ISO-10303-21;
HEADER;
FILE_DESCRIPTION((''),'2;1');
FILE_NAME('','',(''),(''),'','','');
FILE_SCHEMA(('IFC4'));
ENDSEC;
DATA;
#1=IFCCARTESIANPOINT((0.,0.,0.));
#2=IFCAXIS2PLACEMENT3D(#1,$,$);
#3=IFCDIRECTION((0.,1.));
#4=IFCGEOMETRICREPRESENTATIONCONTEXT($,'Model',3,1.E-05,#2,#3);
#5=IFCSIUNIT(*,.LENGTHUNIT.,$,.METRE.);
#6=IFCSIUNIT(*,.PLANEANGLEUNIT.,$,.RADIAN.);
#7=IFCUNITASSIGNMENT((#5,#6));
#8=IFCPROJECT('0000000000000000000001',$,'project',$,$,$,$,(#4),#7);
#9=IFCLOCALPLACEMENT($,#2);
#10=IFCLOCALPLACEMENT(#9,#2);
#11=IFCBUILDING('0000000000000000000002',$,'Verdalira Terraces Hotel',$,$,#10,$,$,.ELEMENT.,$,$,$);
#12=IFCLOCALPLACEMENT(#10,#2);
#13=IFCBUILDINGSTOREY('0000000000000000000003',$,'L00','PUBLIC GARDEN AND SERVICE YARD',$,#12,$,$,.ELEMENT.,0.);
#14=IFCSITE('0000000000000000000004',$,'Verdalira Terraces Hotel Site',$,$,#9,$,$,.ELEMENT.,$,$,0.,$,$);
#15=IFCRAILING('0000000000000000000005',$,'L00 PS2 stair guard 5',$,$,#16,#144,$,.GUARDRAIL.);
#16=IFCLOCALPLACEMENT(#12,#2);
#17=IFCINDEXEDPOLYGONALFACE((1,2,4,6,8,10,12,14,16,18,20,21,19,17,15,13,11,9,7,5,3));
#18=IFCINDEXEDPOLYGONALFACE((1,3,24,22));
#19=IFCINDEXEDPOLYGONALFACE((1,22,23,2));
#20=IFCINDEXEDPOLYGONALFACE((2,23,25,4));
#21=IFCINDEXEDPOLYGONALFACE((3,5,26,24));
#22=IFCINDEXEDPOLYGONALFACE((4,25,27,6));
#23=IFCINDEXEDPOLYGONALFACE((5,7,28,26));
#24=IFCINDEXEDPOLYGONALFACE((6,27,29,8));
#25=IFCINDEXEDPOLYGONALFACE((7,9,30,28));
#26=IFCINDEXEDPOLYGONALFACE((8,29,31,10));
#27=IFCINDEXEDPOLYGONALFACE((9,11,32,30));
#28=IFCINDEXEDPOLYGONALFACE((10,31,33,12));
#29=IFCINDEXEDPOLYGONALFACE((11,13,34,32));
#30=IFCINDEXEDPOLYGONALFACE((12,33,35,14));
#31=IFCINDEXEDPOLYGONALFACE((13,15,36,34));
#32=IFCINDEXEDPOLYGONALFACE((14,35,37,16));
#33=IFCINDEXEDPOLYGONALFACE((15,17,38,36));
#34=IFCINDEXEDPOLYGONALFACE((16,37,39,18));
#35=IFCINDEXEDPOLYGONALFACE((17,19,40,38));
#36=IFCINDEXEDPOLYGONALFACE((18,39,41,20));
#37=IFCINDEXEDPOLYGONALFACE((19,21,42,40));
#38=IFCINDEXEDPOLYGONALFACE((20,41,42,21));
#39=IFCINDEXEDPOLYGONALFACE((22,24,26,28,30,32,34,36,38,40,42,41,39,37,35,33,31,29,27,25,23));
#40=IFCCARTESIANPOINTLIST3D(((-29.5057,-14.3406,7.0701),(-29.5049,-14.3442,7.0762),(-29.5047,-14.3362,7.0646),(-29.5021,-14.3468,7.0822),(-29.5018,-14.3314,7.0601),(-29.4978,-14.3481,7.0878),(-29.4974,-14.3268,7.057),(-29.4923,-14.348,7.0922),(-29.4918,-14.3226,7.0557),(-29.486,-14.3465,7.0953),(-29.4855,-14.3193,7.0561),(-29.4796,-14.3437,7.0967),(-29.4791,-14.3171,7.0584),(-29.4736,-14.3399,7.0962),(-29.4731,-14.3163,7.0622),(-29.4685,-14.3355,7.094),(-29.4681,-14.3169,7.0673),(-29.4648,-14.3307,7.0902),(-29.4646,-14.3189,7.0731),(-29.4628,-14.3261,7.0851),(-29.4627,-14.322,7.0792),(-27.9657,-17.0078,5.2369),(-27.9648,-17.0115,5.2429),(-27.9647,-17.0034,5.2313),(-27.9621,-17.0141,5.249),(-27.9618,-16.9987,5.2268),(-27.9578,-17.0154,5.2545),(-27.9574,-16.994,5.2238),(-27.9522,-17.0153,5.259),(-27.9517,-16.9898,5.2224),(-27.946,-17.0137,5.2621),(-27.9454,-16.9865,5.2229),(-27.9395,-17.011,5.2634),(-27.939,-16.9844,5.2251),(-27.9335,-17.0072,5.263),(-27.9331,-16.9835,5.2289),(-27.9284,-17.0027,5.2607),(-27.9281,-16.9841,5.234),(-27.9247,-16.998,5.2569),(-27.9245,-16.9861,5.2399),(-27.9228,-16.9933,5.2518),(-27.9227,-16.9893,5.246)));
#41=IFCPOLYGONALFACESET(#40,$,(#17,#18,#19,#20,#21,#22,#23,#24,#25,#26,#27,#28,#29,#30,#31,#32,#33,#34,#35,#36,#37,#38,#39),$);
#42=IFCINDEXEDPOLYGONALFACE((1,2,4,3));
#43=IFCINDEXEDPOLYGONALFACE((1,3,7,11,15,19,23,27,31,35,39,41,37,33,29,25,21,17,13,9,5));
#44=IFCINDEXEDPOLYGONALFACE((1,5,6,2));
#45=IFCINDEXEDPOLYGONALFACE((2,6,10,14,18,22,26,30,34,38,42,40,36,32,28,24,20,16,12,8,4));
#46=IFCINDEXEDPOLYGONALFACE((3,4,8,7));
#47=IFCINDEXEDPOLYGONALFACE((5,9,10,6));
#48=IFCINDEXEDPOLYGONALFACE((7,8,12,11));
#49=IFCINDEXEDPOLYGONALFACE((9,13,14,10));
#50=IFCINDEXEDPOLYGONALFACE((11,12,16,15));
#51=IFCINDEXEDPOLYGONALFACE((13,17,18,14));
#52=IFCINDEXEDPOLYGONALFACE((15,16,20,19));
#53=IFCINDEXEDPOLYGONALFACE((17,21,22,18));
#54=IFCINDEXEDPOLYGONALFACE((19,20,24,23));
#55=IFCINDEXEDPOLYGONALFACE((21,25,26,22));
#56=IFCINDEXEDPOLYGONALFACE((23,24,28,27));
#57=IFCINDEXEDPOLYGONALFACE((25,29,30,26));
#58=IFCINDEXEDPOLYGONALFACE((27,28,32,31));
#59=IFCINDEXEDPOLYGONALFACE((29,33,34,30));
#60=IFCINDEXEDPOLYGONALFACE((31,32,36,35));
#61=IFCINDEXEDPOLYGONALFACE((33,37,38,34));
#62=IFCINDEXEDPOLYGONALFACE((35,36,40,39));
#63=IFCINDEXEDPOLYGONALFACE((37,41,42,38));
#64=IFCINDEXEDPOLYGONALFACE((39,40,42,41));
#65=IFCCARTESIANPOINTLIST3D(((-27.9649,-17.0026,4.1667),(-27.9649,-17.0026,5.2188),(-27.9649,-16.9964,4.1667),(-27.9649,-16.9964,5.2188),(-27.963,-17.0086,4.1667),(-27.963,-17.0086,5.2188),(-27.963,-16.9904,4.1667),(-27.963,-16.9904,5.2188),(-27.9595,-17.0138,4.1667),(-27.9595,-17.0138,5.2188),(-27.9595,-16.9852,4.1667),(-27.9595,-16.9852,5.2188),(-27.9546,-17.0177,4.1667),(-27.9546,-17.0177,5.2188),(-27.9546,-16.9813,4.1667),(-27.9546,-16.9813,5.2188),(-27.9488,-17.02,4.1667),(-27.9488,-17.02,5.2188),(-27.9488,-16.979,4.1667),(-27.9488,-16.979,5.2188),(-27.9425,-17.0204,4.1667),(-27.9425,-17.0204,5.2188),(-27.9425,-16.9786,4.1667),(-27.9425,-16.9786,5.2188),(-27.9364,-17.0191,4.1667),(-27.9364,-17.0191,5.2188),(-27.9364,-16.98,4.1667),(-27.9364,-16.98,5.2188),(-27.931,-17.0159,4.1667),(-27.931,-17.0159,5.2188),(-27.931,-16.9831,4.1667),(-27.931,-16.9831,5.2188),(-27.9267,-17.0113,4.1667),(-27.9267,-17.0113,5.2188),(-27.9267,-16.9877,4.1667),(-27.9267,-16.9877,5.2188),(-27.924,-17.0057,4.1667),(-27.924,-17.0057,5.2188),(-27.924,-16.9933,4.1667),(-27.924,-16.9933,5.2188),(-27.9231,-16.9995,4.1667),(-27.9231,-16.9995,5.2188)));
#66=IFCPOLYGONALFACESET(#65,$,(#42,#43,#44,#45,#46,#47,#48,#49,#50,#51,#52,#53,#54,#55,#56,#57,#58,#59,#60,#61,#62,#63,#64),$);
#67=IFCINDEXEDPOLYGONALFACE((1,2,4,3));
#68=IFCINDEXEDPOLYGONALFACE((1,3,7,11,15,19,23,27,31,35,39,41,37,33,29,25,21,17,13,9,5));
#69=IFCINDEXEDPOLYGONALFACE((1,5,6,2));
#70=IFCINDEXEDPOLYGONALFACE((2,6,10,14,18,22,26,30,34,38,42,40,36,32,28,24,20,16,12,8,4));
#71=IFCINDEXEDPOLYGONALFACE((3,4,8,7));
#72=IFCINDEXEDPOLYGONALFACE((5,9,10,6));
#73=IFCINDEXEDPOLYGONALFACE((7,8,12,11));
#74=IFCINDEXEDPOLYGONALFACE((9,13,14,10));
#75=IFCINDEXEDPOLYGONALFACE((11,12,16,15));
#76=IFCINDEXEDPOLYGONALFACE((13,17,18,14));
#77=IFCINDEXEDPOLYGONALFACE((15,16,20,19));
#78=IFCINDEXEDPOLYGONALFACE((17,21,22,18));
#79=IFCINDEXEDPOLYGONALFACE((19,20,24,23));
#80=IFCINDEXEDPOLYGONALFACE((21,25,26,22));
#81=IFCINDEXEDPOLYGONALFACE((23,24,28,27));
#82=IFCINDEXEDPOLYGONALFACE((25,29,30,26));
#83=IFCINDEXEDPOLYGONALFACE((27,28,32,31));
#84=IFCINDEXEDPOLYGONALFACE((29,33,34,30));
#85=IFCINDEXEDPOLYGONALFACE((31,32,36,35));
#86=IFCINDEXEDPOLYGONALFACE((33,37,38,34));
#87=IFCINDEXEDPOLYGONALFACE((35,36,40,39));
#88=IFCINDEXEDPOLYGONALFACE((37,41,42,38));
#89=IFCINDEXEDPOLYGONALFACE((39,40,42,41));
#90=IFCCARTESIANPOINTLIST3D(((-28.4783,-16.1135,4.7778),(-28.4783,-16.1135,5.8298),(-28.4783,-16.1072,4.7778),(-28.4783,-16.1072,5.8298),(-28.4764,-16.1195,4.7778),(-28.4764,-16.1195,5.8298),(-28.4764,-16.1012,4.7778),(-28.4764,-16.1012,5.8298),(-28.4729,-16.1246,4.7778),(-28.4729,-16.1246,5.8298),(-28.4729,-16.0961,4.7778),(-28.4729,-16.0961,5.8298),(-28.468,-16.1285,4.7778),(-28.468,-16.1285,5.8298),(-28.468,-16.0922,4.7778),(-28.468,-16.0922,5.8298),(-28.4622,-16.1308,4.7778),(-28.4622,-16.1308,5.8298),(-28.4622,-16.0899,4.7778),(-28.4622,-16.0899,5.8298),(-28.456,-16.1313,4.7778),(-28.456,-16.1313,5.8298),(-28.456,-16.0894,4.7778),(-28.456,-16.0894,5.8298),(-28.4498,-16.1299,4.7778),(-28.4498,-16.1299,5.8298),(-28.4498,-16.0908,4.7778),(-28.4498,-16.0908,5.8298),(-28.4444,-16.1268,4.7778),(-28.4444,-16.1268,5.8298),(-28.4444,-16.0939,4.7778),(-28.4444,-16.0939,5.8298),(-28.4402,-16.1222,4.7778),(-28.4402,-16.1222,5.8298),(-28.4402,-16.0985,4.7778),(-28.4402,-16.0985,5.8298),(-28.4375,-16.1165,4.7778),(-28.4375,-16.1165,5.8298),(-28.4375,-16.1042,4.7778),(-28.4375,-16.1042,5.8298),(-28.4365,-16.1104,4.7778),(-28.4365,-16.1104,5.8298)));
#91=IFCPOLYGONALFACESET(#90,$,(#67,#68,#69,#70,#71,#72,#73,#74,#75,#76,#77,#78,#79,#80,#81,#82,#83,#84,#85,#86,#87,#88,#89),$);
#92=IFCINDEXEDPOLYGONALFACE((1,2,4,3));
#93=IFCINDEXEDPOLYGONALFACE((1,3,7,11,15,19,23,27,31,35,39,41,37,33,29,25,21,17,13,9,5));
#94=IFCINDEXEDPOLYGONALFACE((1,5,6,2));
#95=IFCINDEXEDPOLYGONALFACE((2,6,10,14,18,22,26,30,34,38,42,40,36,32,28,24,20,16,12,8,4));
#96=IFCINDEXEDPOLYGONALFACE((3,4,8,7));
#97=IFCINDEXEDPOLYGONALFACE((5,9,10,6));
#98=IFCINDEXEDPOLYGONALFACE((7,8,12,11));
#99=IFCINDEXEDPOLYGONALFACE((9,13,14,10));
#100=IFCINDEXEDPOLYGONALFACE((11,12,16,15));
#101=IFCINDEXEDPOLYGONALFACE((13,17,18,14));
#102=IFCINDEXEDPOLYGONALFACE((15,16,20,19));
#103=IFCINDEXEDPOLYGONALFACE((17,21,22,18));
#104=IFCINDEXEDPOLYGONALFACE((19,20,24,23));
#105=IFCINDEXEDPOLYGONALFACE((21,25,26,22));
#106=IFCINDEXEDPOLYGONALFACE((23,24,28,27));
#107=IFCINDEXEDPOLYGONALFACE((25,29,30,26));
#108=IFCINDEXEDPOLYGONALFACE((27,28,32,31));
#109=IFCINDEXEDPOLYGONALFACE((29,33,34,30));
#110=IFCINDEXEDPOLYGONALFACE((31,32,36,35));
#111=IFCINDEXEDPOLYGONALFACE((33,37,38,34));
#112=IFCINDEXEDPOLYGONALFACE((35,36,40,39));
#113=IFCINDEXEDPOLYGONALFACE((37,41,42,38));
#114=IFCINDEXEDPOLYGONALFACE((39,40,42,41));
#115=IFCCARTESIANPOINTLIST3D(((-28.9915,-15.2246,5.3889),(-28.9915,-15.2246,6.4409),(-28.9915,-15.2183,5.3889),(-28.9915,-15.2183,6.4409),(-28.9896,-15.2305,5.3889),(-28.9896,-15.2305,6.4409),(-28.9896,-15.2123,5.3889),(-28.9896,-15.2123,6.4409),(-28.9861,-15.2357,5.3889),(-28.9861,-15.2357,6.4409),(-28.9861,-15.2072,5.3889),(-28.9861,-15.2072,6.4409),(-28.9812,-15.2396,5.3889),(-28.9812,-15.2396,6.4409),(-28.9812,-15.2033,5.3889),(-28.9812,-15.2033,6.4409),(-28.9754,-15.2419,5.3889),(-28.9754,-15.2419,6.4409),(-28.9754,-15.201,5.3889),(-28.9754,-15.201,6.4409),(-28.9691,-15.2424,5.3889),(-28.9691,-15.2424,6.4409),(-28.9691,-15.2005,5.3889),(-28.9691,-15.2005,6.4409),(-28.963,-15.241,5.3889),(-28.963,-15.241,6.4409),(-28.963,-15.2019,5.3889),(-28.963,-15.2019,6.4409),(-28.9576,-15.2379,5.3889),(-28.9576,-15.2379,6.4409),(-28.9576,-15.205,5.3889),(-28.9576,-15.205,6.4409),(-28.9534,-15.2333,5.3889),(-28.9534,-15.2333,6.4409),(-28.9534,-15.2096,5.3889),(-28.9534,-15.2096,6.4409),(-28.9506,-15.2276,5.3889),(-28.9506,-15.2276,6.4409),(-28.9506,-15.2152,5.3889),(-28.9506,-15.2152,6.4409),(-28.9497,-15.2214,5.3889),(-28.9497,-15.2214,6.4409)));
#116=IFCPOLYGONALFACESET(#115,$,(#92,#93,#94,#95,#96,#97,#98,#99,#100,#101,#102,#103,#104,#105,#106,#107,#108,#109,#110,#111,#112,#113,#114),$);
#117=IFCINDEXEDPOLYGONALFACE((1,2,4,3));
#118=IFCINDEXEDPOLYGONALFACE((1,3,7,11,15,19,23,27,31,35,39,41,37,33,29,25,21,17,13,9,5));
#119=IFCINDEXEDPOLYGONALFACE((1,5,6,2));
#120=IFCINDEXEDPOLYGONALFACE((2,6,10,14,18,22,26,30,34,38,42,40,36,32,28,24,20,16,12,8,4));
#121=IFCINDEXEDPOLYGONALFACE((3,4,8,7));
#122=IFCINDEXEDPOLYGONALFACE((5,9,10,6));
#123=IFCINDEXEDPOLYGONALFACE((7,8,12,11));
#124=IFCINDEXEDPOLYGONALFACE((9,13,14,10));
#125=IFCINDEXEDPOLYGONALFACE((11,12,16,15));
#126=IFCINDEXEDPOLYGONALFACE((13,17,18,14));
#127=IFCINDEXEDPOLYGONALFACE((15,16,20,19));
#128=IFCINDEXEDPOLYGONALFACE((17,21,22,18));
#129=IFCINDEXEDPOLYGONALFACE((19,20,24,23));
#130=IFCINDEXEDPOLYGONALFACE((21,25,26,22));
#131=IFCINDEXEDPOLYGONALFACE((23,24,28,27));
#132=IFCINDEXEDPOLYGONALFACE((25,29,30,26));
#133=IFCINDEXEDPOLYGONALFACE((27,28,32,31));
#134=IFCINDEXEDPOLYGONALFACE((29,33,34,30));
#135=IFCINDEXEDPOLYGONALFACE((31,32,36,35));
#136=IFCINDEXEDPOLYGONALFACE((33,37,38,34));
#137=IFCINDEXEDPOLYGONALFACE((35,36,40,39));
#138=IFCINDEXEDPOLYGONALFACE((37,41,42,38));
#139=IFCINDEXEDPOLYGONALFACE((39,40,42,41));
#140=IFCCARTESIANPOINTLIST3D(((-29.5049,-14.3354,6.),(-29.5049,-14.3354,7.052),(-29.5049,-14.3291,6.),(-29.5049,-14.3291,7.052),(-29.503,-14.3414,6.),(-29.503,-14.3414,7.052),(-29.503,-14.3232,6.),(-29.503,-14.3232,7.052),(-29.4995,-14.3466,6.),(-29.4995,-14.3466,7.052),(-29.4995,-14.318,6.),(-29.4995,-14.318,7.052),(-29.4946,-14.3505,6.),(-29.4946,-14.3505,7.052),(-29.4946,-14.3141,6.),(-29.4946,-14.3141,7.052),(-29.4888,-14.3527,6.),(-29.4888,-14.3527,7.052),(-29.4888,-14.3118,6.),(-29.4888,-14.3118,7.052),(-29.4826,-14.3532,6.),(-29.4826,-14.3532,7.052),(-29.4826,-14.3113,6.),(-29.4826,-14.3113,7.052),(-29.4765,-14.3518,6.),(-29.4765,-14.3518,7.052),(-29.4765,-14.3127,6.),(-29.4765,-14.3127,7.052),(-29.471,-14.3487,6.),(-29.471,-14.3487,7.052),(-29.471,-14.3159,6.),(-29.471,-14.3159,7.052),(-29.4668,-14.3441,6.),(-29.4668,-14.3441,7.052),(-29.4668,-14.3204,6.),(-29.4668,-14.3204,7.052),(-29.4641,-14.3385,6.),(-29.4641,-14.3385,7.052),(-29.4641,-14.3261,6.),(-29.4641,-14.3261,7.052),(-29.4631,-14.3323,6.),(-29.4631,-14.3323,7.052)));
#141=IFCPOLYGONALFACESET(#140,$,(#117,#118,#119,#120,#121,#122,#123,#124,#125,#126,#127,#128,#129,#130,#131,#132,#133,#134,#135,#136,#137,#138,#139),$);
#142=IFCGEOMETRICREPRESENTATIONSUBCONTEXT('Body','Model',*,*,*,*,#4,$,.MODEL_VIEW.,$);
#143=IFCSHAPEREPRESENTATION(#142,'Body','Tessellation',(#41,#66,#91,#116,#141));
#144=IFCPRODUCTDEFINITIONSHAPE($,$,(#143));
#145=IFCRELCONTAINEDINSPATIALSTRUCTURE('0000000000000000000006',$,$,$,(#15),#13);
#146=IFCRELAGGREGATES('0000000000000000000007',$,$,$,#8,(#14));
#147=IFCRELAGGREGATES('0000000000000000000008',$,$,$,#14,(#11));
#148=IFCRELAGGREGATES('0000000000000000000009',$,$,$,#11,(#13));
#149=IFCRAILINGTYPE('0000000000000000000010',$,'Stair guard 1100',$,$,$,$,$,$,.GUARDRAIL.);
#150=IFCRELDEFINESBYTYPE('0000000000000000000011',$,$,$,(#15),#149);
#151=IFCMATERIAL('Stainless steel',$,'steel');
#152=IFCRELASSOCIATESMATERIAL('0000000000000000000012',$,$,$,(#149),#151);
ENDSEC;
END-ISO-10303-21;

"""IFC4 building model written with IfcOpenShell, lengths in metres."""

from ifc_helpers import new_model, si_unit, direction, frame, origin, origin_2d, place, context, subcontext, project, spatial, circle, extrude, material, type_object, element, save


model = new_model("IFC4")

# Units and contexts
model_context = context("Model", 3, precision=1e-05, world=origin(), true_north=direction((0.0, 1.0)))
body_context = subcontext(model_context, "Body", "Model", "MODEL_VIEW")
ifc_project = project(units=[si_unit("LENGTHUNIT", "METRE"), si_unit("PLANEANGLEUNIT", "RADIAN")], contexts=[model_context])

# Site, building, storey
site_placement = place(None, origin())
site = spatial("IfcSite", under=ifc_project, at=site_placement, Name="Verdalira Terraces Hotel Site", CompositionType="ELEMENT", RefElevation=0.0)
building_placement = place(site_placement, origin())
building = spatial("IfcBuilding", under=site, at=building_placement, Name="Verdalira Terraces Hotel", CompositionType="ELEMENT")
storey_placement = place(building_placement, origin())
storey = spatial("IfcBuildingStorey", under=building, at=storey_placement, Name="L00", Description="PUBLIC GARDEN AND SERVICE YARD", CompositionType="ELEMENT", Elevation=0.0)

# Railing
ifc_material_1 = material(Name="Stainless steel", Category="steel")
railing_type = type_object("IfcRailingType", Name="Stair guard 1100", PredefinedType="GUARDRAIL", material=ifc_material_1)
railing_1_placement = place(storey_placement, frame((-27.9441, -16.9995, 4.1667)))
element("IfcRailing", 1, at=railing_1_placement, inside=storey, type_object=railing_type, Name="L00 PS2 stair guard 5", PredefinedType="GUARDRAIL", context=body_context, shape_type="SweptSolid", body=[
    extrude(circle(Radius=0.0239, at=origin_2d()), frame((0.0, 0.0, 1.0762), z_axis=(-0.429671, 0.744159, 0.511478), x_axis=(-0.86601, -0.500027, 0.0)), (0.0, 0.0, 1.0), 3.5842),
    extrude(circle(Radius=0.021, at=origin_2d()), origin(), (0.0, 0.0, 1.0), 1.052),
    extrude(circle(Radius=0.021, at=origin_2d()), frame((-0.5134, 0.8892, 0.6111)), (0.0, 0.0, 1.0), 1.052),
    extrude(circle(Radius=0.021, at=origin_2d()), frame((-1.0266, 1.7781, 1.2222)), (0.0, 0.0, 1.0), 1.052),
    extrude(circle(Radius=0.021, at=origin_2d()), frame((-1.54, 2.6672, 1.8333)), (0.0, 0.0, 1.0), 1.052),
])

save(model, "model.ifc")
